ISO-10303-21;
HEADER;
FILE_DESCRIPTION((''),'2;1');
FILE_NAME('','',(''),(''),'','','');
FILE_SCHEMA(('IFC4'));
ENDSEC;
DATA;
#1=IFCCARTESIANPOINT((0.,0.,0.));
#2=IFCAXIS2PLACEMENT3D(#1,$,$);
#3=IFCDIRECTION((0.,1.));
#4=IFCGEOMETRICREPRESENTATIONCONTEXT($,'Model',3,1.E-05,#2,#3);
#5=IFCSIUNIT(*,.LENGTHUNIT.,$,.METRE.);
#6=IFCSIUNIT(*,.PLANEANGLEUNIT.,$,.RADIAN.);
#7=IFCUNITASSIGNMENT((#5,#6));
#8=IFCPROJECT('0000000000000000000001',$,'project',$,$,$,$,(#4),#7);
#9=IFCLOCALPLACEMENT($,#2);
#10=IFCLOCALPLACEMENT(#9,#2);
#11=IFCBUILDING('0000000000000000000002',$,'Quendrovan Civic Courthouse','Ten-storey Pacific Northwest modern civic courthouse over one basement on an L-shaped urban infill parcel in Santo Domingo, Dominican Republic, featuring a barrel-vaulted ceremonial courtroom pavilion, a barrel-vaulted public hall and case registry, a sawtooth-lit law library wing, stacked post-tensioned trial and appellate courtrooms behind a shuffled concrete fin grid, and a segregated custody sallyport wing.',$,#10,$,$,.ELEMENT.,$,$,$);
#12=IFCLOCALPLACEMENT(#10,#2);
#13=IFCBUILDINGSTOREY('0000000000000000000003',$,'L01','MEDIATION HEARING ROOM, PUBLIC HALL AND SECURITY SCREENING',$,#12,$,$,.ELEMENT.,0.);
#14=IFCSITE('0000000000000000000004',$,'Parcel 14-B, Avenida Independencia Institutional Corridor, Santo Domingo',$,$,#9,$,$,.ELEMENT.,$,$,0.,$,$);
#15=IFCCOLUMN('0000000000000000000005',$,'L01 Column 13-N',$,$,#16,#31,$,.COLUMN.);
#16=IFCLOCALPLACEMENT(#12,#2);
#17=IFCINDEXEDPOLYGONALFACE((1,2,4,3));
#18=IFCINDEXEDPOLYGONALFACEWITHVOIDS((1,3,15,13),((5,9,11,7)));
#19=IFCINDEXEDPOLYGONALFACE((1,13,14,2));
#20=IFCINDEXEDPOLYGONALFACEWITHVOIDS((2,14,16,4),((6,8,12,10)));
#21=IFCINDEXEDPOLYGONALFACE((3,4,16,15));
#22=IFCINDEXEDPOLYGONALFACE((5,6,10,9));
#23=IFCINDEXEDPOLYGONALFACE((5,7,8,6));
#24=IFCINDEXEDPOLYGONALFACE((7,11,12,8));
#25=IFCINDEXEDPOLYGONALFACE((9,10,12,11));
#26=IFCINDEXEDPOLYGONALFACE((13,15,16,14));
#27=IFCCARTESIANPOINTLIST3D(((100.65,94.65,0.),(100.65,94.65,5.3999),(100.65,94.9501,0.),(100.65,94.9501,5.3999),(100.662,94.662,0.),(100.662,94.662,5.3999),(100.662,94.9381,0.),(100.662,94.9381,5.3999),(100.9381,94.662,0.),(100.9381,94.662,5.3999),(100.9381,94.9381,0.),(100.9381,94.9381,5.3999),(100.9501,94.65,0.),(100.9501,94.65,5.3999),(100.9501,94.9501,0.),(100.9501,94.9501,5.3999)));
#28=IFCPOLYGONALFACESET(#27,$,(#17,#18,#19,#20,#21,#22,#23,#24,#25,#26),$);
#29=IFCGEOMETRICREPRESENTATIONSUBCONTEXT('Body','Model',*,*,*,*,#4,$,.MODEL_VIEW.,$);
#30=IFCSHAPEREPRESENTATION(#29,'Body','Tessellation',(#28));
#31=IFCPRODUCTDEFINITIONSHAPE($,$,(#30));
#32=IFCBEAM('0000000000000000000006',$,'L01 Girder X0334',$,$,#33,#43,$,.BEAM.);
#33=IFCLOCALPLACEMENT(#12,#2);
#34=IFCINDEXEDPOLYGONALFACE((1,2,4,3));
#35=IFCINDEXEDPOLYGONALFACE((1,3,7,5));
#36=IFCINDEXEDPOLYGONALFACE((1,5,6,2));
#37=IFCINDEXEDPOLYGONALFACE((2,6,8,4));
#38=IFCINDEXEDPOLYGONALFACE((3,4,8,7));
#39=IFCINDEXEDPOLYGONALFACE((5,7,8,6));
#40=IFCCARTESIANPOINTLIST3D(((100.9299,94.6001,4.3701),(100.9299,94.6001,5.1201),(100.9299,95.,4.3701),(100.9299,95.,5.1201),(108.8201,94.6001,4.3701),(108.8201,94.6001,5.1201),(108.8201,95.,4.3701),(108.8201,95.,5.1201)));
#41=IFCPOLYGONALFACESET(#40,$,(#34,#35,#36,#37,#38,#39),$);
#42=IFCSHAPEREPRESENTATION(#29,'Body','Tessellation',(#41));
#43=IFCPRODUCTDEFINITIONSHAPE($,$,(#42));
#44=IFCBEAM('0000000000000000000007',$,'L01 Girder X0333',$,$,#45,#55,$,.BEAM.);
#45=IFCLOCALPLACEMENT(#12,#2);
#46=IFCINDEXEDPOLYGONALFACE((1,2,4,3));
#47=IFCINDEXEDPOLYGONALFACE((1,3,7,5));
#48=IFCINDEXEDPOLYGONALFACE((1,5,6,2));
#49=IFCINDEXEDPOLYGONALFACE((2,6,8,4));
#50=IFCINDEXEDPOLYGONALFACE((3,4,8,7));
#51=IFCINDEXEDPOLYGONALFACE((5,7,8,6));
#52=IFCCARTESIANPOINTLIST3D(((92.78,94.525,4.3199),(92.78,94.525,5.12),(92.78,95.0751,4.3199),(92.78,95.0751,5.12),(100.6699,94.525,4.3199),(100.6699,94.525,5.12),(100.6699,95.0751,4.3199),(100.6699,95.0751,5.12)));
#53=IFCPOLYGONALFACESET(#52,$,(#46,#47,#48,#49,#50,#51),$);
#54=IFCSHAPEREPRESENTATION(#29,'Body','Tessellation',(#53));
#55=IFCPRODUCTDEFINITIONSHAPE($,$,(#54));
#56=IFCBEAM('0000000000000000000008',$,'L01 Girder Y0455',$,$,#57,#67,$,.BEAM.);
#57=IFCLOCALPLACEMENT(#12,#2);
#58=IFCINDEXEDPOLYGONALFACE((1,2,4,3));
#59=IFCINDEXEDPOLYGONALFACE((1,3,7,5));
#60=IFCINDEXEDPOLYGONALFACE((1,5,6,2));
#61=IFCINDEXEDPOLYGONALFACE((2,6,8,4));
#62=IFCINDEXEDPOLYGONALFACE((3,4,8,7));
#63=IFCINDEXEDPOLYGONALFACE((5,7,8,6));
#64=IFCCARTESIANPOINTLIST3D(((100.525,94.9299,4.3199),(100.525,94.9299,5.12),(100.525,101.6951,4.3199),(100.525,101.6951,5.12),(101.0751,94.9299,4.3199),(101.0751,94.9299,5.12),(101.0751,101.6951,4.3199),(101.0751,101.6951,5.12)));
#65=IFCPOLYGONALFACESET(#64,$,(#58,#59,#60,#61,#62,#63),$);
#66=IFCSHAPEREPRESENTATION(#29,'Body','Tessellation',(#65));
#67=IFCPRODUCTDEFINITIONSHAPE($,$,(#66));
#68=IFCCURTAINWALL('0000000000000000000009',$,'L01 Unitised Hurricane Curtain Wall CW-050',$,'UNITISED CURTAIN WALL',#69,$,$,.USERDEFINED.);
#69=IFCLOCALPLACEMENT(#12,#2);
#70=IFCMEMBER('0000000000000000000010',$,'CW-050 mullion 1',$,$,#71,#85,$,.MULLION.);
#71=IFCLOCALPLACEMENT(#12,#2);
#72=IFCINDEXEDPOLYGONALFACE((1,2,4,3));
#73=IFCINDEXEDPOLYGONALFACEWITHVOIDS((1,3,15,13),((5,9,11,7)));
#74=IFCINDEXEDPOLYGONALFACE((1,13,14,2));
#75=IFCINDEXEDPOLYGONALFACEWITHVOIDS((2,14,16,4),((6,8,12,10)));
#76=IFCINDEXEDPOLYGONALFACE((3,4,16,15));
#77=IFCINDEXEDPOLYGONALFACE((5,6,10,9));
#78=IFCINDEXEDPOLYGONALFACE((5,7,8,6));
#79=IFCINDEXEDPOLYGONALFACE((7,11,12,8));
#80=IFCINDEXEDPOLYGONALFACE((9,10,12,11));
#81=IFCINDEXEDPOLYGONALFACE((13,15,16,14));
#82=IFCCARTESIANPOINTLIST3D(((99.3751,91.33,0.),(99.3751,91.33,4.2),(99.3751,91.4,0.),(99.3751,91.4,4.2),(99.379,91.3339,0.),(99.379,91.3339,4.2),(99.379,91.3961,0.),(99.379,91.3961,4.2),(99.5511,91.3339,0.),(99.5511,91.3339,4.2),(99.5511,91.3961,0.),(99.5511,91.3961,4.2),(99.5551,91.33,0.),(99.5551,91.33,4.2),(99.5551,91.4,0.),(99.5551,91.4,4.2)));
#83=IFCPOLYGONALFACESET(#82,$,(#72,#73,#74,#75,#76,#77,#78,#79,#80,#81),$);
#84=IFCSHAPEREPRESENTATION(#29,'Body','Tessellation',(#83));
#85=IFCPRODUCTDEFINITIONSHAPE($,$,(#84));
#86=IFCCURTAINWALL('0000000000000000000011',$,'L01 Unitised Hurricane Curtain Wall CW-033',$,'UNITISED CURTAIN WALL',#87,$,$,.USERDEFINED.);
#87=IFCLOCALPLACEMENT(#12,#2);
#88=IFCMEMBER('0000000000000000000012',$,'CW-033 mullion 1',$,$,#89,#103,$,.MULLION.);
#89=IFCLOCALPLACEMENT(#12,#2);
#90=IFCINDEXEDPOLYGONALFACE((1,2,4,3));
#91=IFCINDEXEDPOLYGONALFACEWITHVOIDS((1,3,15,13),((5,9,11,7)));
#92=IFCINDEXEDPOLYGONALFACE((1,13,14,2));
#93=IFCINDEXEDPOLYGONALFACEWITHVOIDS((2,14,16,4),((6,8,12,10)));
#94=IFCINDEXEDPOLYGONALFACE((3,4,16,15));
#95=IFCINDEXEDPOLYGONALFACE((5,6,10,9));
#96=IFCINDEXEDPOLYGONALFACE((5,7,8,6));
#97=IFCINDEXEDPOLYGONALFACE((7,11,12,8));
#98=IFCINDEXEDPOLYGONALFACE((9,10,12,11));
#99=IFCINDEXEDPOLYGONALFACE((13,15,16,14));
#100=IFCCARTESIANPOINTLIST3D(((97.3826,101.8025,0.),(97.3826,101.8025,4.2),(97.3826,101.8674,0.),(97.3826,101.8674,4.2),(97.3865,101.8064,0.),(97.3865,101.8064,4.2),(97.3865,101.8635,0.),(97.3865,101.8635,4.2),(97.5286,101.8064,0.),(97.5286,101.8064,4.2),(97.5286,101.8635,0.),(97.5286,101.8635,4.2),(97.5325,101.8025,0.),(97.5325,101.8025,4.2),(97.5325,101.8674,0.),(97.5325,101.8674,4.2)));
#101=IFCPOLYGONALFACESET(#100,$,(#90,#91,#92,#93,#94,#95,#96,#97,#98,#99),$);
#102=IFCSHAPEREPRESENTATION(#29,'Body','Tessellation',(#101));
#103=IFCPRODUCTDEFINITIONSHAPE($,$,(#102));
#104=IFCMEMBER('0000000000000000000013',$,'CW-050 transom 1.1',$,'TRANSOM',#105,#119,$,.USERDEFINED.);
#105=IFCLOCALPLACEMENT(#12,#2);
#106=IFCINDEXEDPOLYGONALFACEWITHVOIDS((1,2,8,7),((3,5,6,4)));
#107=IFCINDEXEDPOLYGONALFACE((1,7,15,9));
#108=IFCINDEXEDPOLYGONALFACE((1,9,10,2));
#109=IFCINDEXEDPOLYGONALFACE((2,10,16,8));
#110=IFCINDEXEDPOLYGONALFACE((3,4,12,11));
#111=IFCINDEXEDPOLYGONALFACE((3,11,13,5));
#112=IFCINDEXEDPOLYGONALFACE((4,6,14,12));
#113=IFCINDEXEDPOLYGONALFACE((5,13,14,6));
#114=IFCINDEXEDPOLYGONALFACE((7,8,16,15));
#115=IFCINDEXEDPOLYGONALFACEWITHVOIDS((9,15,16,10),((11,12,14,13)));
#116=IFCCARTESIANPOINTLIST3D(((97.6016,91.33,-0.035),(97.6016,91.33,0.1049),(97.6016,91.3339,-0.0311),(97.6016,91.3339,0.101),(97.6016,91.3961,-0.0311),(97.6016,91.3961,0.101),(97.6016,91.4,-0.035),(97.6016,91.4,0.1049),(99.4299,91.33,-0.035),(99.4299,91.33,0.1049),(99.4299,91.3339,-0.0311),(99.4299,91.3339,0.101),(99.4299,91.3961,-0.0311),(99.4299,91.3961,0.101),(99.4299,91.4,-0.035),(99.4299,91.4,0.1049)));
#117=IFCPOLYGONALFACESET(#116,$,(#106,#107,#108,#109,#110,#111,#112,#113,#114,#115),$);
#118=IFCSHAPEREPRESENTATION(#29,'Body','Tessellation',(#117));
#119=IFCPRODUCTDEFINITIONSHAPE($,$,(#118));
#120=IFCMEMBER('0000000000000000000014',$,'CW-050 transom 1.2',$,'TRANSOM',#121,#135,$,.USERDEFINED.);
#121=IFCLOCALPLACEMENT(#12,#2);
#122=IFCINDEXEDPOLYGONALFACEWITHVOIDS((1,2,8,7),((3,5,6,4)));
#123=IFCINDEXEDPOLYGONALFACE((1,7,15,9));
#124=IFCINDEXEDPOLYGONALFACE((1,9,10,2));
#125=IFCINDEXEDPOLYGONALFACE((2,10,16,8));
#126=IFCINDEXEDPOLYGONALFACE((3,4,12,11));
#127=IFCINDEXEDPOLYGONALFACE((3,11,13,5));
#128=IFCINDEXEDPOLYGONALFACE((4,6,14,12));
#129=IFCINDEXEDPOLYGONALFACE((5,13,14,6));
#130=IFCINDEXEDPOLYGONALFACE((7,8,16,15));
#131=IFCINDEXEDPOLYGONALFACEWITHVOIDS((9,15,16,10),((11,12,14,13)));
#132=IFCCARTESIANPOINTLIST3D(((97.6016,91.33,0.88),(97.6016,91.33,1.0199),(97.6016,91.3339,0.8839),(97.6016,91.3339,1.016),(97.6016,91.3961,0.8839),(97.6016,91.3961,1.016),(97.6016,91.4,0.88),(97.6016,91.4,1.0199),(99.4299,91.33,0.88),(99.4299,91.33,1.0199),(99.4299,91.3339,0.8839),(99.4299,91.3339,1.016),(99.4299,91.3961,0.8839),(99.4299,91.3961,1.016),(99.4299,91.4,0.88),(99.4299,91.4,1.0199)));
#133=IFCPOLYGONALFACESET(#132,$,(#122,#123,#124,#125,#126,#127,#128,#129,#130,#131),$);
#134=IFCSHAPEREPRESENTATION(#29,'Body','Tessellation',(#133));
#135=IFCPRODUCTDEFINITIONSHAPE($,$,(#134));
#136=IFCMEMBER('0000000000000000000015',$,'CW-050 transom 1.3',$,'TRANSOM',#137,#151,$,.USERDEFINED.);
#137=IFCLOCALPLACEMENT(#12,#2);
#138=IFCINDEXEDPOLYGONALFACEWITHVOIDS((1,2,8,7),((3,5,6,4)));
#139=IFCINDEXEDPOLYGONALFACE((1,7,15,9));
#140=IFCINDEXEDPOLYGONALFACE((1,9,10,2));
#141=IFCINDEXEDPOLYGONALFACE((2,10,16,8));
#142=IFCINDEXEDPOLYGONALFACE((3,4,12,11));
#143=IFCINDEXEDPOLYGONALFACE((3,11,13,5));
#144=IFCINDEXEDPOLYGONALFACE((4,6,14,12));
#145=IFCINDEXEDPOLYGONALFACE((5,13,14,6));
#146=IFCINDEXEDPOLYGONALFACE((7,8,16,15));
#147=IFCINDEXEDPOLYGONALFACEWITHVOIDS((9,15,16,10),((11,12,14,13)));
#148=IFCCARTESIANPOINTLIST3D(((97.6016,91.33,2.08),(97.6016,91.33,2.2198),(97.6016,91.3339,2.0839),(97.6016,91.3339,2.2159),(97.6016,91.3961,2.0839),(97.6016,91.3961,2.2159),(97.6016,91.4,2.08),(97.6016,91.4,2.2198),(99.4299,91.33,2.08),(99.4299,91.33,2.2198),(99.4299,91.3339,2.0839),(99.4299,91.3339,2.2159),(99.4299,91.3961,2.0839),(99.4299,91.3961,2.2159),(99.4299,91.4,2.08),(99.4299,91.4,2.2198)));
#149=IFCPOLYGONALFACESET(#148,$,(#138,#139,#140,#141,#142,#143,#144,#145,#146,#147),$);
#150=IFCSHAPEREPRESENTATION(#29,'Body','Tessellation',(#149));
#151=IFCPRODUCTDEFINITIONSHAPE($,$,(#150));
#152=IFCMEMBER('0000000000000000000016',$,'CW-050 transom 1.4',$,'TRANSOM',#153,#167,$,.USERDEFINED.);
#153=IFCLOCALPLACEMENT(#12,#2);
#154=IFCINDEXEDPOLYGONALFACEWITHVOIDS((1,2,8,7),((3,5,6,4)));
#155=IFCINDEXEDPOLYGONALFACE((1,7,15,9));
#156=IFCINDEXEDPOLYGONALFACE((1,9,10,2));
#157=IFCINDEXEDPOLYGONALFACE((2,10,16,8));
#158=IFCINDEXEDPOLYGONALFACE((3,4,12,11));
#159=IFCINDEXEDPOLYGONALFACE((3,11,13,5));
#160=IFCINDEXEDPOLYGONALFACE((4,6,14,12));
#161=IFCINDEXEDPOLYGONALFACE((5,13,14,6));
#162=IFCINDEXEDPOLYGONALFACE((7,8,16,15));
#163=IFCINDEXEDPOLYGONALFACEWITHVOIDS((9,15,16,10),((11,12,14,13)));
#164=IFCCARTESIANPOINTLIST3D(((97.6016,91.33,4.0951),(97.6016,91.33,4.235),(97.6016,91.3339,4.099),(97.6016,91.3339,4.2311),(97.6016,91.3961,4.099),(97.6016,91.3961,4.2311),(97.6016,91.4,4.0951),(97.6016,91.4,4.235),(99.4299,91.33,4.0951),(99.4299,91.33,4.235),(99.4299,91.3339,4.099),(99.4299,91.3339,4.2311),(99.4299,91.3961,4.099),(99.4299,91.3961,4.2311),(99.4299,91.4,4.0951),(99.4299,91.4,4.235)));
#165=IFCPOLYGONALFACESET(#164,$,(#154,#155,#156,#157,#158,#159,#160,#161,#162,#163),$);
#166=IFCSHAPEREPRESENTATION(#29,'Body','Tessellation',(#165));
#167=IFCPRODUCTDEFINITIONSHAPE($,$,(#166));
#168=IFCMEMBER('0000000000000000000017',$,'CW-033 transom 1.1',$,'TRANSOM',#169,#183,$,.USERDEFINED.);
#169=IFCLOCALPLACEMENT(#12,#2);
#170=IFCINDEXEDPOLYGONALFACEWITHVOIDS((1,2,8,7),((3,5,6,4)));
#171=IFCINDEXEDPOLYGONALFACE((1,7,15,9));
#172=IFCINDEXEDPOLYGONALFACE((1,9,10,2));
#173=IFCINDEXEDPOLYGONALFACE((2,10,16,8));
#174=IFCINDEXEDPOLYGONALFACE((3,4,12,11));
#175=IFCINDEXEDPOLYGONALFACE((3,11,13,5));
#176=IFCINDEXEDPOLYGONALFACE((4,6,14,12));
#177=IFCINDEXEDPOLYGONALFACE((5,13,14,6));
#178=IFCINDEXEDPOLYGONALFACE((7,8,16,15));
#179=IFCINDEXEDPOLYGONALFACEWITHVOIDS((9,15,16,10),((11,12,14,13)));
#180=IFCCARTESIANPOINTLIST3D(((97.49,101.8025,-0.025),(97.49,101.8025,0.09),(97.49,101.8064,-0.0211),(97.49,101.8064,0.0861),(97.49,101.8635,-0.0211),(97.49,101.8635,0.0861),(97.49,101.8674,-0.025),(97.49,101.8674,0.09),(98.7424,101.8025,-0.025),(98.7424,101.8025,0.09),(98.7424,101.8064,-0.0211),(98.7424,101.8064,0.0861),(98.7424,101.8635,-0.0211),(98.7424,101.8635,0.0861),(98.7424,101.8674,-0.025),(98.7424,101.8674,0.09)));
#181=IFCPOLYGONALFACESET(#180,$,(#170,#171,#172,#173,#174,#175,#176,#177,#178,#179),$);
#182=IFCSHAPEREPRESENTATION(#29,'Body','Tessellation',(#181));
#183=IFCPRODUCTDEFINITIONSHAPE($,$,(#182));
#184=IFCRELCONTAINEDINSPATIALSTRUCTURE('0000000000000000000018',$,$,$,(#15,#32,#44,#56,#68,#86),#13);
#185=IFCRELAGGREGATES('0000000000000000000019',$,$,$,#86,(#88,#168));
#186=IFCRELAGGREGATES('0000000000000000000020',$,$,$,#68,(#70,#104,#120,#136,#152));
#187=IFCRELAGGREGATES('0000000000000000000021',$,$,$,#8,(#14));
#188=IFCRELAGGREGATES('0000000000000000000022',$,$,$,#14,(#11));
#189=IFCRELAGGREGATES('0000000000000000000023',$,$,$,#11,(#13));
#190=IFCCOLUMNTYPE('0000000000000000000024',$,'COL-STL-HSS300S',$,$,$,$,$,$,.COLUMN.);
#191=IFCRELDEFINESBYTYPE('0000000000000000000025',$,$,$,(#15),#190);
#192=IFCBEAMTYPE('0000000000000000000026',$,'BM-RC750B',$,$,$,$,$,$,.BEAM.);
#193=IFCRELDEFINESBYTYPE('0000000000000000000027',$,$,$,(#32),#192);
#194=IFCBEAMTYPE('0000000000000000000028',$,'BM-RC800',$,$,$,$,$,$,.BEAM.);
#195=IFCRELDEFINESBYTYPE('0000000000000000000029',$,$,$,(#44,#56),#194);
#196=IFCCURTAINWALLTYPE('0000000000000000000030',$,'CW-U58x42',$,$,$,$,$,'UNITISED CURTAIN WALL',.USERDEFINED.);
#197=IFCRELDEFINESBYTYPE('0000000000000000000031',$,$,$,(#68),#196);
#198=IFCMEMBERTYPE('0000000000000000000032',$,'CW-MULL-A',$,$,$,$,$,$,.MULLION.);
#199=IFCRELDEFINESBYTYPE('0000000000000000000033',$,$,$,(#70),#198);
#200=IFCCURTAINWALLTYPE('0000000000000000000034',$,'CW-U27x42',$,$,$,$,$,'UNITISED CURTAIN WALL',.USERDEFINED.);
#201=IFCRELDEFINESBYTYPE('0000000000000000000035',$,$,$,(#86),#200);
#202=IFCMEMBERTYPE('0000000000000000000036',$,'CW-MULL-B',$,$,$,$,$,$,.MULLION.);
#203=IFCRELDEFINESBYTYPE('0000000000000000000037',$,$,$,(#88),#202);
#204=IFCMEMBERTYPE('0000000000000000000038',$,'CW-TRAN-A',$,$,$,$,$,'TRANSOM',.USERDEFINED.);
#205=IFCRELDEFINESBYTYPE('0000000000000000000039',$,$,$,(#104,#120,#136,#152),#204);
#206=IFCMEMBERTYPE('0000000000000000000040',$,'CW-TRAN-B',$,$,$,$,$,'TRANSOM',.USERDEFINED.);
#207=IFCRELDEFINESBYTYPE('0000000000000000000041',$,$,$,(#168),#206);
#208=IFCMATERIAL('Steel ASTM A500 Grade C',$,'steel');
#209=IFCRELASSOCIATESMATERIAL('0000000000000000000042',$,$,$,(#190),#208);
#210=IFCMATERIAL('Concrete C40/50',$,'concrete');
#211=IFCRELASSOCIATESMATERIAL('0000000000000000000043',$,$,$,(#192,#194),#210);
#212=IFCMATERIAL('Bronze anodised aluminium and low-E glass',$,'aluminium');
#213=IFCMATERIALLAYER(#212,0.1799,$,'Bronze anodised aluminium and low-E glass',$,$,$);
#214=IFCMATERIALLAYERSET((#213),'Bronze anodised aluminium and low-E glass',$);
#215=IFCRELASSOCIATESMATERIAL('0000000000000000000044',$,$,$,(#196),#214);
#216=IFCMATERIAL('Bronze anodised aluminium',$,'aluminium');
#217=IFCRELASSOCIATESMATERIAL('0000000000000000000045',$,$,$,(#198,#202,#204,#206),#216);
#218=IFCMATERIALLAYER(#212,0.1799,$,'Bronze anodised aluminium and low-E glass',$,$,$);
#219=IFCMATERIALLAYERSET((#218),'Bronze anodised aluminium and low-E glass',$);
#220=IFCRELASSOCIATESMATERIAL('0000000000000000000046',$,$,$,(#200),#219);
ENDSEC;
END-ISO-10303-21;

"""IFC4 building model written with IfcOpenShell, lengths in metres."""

from ifc_helpers import new_model, si_unit, direction, frame, origin, origin_2d, place, context, subcontext, project, spatial, rectangle, hollow_rectangle, extrude, material, layer, layer_set, material_profile, profile_set, type_object, element, aggregate, save


model = new_model("IFC4")

# Units and contexts
model_context = context("Model", 3, precision=1e-05, world=origin(), true_north=direction((0.0, 1.0)))
body_context = subcontext(model_context, "Body", "Model", "MODEL_VIEW")
ifc_project = project(units=[si_unit("LENGTHUNIT", "METRE"), si_unit("PLANEANGLEUNIT", "RADIAN")], contexts=[model_context])

# Site, building, storey
site_placement = place(None, origin())
site = spatial("IfcSite", under=ifc_project, at=site_placement, Name="Parcel 14-B, Avenida Independencia Institutional Corridor, Santo Domingo", CompositionType="ELEMENT", RefElevation=0.0)
building_placement = place(site_placement, origin())
building = spatial("IfcBuilding", under=site, at=building_placement, Name="Quendrovan Civic Courthouse", Description="Ten-storey Pacific Northwest modern civic courthouse over one basement on an L-shaped urban infill parcel in Santo Domingo, Dominican Republic, featuring a barrel-vaulted ceremonial courtroom pavilion, a barrel-vaulted public hall and case registry, a sawtooth-lit law library wing, stacked post-tensioned trial and appellate courtrooms behind a shuffled concrete fin grid, and a segregated custody sallyport wing.", CompositionType="ELEMENT")
storey_placement = place(building_placement, origin())
storey = spatial("IfcBuildingStorey", under=building, at=storey_placement, Name="L01", Description="MEDIATION HEARING ROOM, PUBLIC HALL AND SECURITY SCREENING", CompositionType="ELEMENT", Elevation=0.0)

# Column
ifc_material_1 = material(Name="Steel ASTM A500 Grade C", Category="steel")
ifc_material_profile_1 = material_profile(ifc_material_1, hollow_rectangle(XDim=0.3, YDim=0.3, WallThickness=0.012, at=origin_2d()), Name="HSS300x300x12")
ifc_profile_set_1 = profile_set([ifc_material_profile_1], Name="Steel ASTM A500 Grade C")
column_type = type_object("IfcColumnType", Name="COL-STL-HSS300S", PredefinedType="COLUMN", material=ifc_profile_set_1)
column_placement = place(storey_placement, frame((100.8, 94.8, 0.0), z_axis=(0.0, 0.0, 1.0), x_axis=(1.0, 0.0, 0.0)))
element("IfcColumn", 1, at=column_placement, inside=storey, type_object=column_type, Name="L01 Column 13-N", PredefinedType="COLUMN", context=body_context, shape_type="SweptSolid", body=[
    extrude(hollow_rectangle(XDim=0.3, YDim=0.3, WallThickness=0.012, at=origin_2d()), origin(), (0.0, 0.0, 1.0), 5.3999),
])

# Beams
ifc_material_2 = material(Name="Concrete C40/50", Category="concrete")
ifc_material_profile_2 = material_profile(ifc_material_2, rectangle(XDim=0.3999, YDim=0.75, at=origin_2d()), Name="RC-BM-400x750")
ifc_profile_set_2 = profile_set([ifc_material_profile_2], Name="Concrete C40/50")
beam_type_1 = type_object("IfcBeamType", Name="BM-RC750B", PredefinedType="BEAM", material=ifc_profile_set_2)
beam_1_placement = place(storey_placement, frame((100.9299, 94.8, 4.7451), z_axis=(1.0, 0.0, 0.0), x_axis=(0.0, 1.0, 0.0)))
element("IfcBeam", 2, at=beam_1_placement, inside=storey, type_object=beam_type_1, Name="L01 Girder X0334", PredefinedType="BEAM", context=body_context, shape_type="SweptSolid", body=[
    extrude(rectangle(XDim=0.3999, YDim=0.75, at=origin_2d()), origin(), (0.0, 0.0, 1.0), 7.8901),
])
ifc_material_profile_3 = material_profile(ifc_material_2, rectangle(XDim=0.55, YDim=0.8, at=origin_2d()), Name="RC-BM-550x800")
ifc_profile_set_3 = profile_set([ifc_material_profile_3], Name="Concrete C40/50")
beam_type_2 = type_object("IfcBeamType", Name="BM-RC800", PredefinedType="BEAM", material=ifc_profile_set_3)
beam_2_placement = place(storey_placement, frame((92.78, 94.8, 4.72), z_axis=(1.0, 0.0, 0.0), x_axis=(0.0, 1.0, 0.0)))
element("IfcBeam", 3, at=beam_2_placement, inside=storey, type_object=beam_type_2, Name="L01 Girder X0333", PredefinedType="BEAM", context=body_context, shape_type="SweptSolid", body=[
    extrude(rectangle(XDim=0.55, YDim=0.8, at=origin_2d()), origin(), (0.0, 0.0, 1.0), 7.8899),
])
beam_3_placement = place(storey_placement, frame((100.8, 94.9299, 4.72), z_axis=(0.0, 1.0, 0.0), x_axis=(-1.0, 0.0, 0.0)))
element("IfcBeam", 4, at=beam_3_placement, inside=storey, type_object=beam_type_2, Name="L01 Girder Y0455", PredefinedType="BEAM", context=body_context, shape_type="SweptSolid", body=[
    extrude(rectangle(XDim=0.55, YDim=0.8, at=origin_2d()), origin(), (0.0, 0.0, 1.0), 6.7651),
])

# Curtain walls, members
ifc_material_3 = material(Name="Bronze anodised aluminium and low-E glass", Category="aluminium")
ifc_layer_1 = layer(ifc_material_3, 0.1799, Name="Bronze anodised aluminium and low-E glass")
ifc_layer_set_1 = layer_set([ifc_layer_1], Name="Bronze anodised aluminium and low-E glass")
curtain_wall_type_1 = type_object("IfcCurtainWallType", Name="CW-U58x42", ElementType="UNITISED CURTAIN WALL", PredefinedType="USERDEFINED", material=ifc_layer_set_1)
curtain_wall_1_placement = place(storey_placement, origin())
curtain_wall_1 = element("IfcCurtainWall", 5, at=curtain_wall_1_placement, inside=storey, type_object=curtain_wall_type_1, Name="L01 Unitised Hurricane Curtain Wall CW-050", ObjectType="UNITISED CURTAIN WALL", PredefinedType="USERDEFINED")
ifc_material_4 = material(Name="Bronze anodised aluminium", Category="aluminium")
ifc_material_profile_4 = material_profile(ifc_material_4, hollow_rectangle(XDim=0.0701, YDim=0.1799, WallThickness=0.0039, at=origin_2d()), Name="CW-MULL-70x180")
ifc_profile_set_4 = profile_set([ifc_material_profile_4], Name="Bronze anodised aluminium")
member_type_1 = type_object("IfcMemberType", Name="CW-MULL-A", PredefinedType="MULLION", material=ifc_profile_set_4)
member_1_placement = place(storey_placement, frame((99.4651, 91.365, 0.0), z_axis=(0.0, 0.0, 1.0), x_axis=(0.0, -1.0, 0.0)))
member_1 = element("IfcMember", 6, at=member_1_placement, type_object=member_type_1, Name="CW-050 mullion 1", PredefinedType="MULLION", context=body_context, shape_type="SweptSolid", body=[
    extrude(hollow_rectangle(XDim=0.0701, YDim=0.1799, WallThickness=0.0039, at=origin_2d()), origin(), (0.0, 0.0, 1.0), 4.2),
])
ifc_layer_2 = layer(ifc_material_3, 0.1799, Name="Bronze anodised aluminium and low-E glass")
ifc_layer_set_2 = layer_set([ifc_layer_2], Name="Bronze anodised aluminium and low-E glass")
curtain_wall_type_2 = type_object("IfcCurtainWallType", Name="CW-U27x42", ElementType="UNITISED CURTAIN WALL", PredefinedType="USERDEFINED", material=ifc_layer_set_2)
curtain_wall_2_placement = place(storey_placement, origin())
curtain_wall_2 = element("IfcCurtainWall", 7, at=curtain_wall_2_placement, inside=storey, type_object=curtain_wall_type_2, Name="L01 Unitised Hurricane Curtain Wall CW-033", ObjectType="UNITISED CURTAIN WALL", PredefinedType="USERDEFINED")
ifc_material_profile_5 = material_profile(ifc_material_4, hollow_rectangle(XDim=0.0649, YDim=0.1499, WallThickness=0.0039, at=origin_2d()), Name="CW-MULL-65x150")
ifc_profile_set_5 = profile_set([ifc_material_profile_5], Name="Bronze anodised aluminium")
member_type_2 = type_object("IfcMemberType", Name="CW-MULL-B", PredefinedType="MULLION", material=ifc_profile_set_5)
member_2_placement = place(storey_placement, frame((97.4575, 101.835, 0.0), z_axis=(0.0, 0.0, 1.0), x_axis=(0.0, 1.0, 0.0)))
member_2 = element("IfcMember", 8, at=member_2_placement, type_object=member_type_2, Name="CW-033 mullion 1", PredefinedType="MULLION", context=body_context, shape_type="SweptSolid", body=[
    extrude(hollow_rectangle(XDim=0.0649, YDim=0.1499, WallThickness=0.0039, at=origin_2d()), origin(), (0.0, 0.0, 1.0), 4.2),
])

# Members
ifc_material_profile_6 = material_profile(ifc_material_4, hollow_rectangle(XDim=0.0701, YDim=0.1399, WallThickness=0.0039, at=origin_2d()), Name="CW-TRAN-70x140")
ifc_profile_set_6 = profile_set([ifc_material_profile_6], Name="Bronze anodised aluminium")
member_type_3 = type_object("IfcMemberType", Name="CW-TRAN-A", ElementType="TRANSOM", PredefinedType="USERDEFINED", material=ifc_profile_set_6)
member_3_placement = place(storey_placement, frame((99.4299, 91.365, 0.0349), z_axis=(-1.0, 0.0, 0.0), x_axis=(0.0, -1.0, 0.0)))
member_3 = element("IfcMember", 9, at=member_3_placement, type_object=member_type_3, Name="CW-050 transom 1.1", ObjectType="TRANSOM", PredefinedType="USERDEFINED", context=body_context, shape_type="SweptSolid", body=[
    extrude(hollow_rectangle(XDim=0.0701, YDim=0.1399, WallThickness=0.0039, at=origin_2d()), origin(), (0.0, 0.0, 1.0), 1.8284),
])
member_4_placement = place(storey_placement, frame((99.4299, 91.365, 0.95), z_axis=(-1.0, 0.0, 0.0), x_axis=(0.0, -1.0, 0.0)))
member_4 = element("IfcMember", 10, at=member_4_placement, type_object=member_type_3, Name="CW-050 transom 1.2", ObjectType="TRANSOM", PredefinedType="USERDEFINED", context=body_context, shape_type="SweptSolid", body=[
    extrude(hollow_rectangle(XDim=0.0701, YDim=0.1399, WallThickness=0.0039, at=origin_2d()), origin(), (0.0, 0.0, 1.0), 1.8284),
])
member_5_placement = place(storey_placement, frame((99.4299, 91.365, 2.1499), z_axis=(-1.0, 0.0, 0.0), x_axis=(0.0, -1.0, 0.0)))
member_5 = element("IfcMember", 11, at=member_5_placement, type_object=member_type_3, Name="CW-050 transom 1.3", ObjectType="TRANSOM", PredefinedType="USERDEFINED", context=body_context, shape_type="SweptSolid", body=[
    extrude(hollow_rectangle(XDim=0.0701, YDim=0.1399, WallThickness=0.0039, at=origin_2d()), origin(), (0.0, 0.0, 1.0), 1.8284),
])
member_6_placement = place(storey_placement, frame((99.4299, 91.365, 4.165), z_axis=(-1.0, 0.0, 0.0), x_axis=(0.0, -1.0, 0.0)))
member_6 = element("IfcMember", 12, at=member_6_placement, type_object=member_type_3, Name="CW-050 transom 1.4", ObjectType="TRANSOM", PredefinedType="USERDEFINED", context=body_context, shape_type="SweptSolid", body=[
    extrude(hollow_rectangle(XDim=0.0701, YDim=0.1399, WallThickness=0.0039, at=origin_2d()), origin(), (0.0, 0.0, 1.0), 1.8284),
])
ifc_material_profile_7 = material_profile(ifc_material_4, hollow_rectangle(XDim=0.0649, YDim=0.115, WallThickness=0.0039, at=origin_2d()), Name="CW-TRAN-65x115")
ifc_profile_set_7 = profile_set([ifc_material_profile_7], Name="Bronze anodised aluminium")
member_type_4 = type_object("IfcMemberType", Name="CW-TRAN-B", ElementType="TRANSOM", PredefinedType="USERDEFINED", material=ifc_profile_set_7)
member_7_placement = place(storey_placement, frame((97.49, 101.835, 0.0325), z_axis=(1.0, 0.0, 0.0), x_axis=(0.0, 1.0, 0.0)))
member_7 = element("IfcMember", 13, at=member_7_placement, type_object=member_type_4, Name="CW-033 transom 1.1", ObjectType="TRANSOM", PredefinedType="USERDEFINED", context=body_context, shape_type="SweptSolid", body=[
    extrude(hollow_rectangle(XDim=0.0649, YDim=0.115, WallThickness=0.0039, at=origin_2d()), origin(), (0.0, 0.0, 1.0), 1.2524),
])

aggregate(curtain_wall_2, [member_2, member_7])
aggregate(curtain_wall_1, [member_1, member_3, member_4, member_5, member_6])

save(model, "model.ifc")
